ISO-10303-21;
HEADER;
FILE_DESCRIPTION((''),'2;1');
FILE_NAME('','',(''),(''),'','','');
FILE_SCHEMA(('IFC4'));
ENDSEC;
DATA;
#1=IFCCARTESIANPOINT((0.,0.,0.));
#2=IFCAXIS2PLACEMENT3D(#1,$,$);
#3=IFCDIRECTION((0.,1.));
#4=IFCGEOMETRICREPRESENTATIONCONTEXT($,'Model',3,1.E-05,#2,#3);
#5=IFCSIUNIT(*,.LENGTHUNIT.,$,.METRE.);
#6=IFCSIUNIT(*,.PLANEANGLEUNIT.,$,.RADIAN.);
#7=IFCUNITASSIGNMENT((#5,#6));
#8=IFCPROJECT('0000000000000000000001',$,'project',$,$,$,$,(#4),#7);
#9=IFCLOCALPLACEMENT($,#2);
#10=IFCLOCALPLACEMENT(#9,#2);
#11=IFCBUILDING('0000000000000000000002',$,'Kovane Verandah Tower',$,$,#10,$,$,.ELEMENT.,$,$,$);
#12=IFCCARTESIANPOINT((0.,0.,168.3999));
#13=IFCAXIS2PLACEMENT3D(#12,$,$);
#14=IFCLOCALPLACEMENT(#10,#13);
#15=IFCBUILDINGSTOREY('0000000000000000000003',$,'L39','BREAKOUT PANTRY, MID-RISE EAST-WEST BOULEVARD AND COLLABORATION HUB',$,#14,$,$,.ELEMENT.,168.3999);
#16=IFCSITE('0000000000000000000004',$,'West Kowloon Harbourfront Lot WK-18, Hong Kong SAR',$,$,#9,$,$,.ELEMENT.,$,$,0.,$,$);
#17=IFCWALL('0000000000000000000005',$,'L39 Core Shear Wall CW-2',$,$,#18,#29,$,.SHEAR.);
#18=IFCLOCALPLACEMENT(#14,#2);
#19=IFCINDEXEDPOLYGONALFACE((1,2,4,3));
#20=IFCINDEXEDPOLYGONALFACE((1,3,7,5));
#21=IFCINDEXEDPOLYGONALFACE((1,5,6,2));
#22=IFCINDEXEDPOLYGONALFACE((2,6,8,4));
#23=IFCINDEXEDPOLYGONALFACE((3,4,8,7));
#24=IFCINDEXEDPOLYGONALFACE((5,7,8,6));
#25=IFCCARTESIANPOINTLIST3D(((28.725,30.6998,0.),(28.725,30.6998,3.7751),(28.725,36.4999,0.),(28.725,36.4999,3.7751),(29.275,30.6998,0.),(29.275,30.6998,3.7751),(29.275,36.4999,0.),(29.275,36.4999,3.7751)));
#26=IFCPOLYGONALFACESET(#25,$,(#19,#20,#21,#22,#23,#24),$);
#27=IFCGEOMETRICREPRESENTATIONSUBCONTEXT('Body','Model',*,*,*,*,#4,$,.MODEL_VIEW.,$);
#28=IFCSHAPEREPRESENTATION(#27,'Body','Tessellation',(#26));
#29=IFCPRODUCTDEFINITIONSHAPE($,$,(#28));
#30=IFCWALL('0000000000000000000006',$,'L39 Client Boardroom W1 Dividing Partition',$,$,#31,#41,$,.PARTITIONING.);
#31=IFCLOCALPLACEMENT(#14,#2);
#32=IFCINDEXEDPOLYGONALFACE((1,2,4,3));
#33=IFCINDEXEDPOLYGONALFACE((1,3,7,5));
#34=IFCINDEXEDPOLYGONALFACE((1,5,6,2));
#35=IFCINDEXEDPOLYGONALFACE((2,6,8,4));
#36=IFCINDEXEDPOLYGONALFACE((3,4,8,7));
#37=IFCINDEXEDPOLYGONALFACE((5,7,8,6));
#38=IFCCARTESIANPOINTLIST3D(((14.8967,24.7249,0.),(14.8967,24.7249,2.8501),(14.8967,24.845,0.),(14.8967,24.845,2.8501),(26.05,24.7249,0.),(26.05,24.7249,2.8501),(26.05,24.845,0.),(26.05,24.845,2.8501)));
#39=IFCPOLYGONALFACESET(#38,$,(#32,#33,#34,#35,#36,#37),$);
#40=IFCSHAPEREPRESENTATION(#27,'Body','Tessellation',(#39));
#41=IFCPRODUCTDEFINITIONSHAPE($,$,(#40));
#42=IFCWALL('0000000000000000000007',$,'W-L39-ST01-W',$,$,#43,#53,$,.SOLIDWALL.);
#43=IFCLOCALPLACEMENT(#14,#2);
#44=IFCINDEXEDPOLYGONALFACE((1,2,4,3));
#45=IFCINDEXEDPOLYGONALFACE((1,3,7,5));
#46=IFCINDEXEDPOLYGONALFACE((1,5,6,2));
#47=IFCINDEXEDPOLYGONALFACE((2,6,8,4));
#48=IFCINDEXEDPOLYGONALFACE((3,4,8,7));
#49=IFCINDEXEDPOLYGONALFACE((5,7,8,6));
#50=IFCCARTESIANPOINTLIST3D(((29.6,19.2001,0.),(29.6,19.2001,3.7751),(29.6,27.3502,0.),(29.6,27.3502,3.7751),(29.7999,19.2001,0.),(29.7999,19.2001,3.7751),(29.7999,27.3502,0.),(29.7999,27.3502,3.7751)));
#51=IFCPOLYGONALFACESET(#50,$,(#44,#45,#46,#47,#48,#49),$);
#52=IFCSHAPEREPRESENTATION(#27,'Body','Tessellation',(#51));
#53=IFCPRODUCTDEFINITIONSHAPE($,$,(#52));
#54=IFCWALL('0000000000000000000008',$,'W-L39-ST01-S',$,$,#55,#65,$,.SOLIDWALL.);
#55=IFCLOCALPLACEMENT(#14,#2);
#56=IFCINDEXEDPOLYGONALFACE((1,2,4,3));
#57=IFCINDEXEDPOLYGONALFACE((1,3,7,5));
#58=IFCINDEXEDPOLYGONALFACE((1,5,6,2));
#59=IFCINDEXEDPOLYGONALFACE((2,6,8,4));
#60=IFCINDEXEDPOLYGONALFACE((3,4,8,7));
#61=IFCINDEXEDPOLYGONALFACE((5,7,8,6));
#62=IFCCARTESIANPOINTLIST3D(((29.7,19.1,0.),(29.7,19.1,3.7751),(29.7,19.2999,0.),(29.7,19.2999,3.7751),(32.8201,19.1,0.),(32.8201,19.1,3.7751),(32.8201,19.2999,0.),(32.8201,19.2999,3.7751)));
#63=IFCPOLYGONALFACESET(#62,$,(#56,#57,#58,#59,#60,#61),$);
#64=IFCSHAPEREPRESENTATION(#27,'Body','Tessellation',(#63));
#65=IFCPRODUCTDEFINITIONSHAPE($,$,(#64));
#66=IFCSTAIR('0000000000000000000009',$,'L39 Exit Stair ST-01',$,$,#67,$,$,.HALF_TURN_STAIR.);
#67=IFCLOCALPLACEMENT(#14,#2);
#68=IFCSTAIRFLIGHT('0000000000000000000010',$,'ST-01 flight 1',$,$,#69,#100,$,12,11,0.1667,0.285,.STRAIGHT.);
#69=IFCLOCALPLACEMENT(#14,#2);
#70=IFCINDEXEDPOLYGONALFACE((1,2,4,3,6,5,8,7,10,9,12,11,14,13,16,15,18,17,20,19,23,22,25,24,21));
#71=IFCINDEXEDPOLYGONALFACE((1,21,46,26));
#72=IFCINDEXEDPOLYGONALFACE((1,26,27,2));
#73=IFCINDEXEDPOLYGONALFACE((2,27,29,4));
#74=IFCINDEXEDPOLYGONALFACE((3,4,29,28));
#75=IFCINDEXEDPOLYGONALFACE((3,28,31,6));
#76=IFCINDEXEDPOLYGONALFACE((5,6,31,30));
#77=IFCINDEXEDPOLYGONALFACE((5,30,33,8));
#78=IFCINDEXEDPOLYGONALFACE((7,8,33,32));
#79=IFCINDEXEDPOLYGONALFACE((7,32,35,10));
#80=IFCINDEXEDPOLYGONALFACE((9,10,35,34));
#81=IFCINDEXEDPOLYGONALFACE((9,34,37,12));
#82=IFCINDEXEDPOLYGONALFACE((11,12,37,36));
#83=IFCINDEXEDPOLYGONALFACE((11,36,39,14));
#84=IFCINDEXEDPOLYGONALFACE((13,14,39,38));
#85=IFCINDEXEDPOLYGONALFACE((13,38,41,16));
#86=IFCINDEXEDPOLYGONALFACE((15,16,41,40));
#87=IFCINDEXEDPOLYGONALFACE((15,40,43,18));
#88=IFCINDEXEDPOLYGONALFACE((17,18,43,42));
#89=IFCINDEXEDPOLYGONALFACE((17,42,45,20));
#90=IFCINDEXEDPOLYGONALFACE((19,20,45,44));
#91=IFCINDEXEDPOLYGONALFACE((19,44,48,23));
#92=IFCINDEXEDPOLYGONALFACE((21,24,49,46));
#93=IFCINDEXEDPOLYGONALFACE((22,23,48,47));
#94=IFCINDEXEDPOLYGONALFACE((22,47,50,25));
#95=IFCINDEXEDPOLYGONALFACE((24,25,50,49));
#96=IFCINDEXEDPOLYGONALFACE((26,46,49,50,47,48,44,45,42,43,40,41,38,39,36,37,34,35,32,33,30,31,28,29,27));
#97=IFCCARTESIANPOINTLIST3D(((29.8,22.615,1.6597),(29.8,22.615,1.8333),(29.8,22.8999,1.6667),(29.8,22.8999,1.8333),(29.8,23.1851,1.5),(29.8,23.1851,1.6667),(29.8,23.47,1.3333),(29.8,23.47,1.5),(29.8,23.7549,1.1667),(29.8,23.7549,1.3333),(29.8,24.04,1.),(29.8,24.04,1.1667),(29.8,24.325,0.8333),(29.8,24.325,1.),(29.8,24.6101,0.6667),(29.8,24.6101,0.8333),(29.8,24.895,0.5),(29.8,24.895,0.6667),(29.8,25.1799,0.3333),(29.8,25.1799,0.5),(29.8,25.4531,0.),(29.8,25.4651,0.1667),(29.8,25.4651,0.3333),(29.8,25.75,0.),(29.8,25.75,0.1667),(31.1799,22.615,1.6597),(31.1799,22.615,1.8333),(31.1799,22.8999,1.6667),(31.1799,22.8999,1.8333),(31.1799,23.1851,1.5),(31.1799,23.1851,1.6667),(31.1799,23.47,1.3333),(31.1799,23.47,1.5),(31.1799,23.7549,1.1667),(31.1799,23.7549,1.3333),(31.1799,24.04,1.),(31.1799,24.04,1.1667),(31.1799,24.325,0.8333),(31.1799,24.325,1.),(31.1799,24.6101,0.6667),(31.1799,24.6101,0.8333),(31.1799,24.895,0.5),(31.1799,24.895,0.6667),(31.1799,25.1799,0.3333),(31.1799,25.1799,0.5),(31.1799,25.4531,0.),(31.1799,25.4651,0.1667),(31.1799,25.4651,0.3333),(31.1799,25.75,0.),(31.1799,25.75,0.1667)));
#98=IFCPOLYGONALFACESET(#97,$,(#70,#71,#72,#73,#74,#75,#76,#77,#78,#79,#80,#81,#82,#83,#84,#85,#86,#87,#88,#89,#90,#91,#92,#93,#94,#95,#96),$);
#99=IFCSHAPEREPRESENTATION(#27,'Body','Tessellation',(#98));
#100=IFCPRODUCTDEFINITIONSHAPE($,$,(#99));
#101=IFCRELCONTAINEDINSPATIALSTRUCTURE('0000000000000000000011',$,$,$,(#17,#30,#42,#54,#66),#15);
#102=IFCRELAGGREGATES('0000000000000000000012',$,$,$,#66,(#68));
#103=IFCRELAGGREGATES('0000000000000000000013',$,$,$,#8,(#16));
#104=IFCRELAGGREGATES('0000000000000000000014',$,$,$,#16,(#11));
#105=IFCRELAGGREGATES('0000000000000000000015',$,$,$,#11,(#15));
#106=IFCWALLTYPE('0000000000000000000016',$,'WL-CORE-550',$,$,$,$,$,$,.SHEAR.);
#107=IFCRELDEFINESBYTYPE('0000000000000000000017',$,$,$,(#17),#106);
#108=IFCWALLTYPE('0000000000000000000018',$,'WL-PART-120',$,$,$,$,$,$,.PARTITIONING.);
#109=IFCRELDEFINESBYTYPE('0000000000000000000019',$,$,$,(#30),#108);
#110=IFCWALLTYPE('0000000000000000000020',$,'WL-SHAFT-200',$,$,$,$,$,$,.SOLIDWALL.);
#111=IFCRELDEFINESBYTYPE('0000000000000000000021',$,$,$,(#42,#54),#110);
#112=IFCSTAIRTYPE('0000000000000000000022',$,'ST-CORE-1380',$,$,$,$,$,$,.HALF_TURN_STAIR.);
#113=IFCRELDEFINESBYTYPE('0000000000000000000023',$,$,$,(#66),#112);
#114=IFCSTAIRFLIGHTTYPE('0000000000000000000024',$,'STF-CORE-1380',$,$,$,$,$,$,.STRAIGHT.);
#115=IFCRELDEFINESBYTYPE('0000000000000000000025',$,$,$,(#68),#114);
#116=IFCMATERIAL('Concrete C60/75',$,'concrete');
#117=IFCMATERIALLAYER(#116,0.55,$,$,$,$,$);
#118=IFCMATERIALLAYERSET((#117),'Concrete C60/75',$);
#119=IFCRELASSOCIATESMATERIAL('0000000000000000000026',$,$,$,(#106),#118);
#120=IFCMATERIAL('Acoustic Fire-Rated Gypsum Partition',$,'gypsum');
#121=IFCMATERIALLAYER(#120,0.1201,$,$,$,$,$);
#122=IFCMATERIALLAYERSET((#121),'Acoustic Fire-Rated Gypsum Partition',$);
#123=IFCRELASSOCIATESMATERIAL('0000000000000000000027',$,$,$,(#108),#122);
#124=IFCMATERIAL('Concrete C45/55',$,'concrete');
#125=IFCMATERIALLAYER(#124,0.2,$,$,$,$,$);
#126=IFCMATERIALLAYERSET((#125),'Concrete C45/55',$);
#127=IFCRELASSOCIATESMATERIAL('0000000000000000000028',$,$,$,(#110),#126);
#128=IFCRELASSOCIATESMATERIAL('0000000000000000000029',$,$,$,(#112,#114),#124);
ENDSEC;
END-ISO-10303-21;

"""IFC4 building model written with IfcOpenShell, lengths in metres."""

from ifc_helpers import new_model, si_unit, direction, frame, frame_2d, origin, place, context, subcontext, project, spatial, polyline, rectangle, outline, extrude, material, layer, layer_set, type_object, element, aggregate, save


model = new_model("IFC4")

# Units and contexts
model_context = context("Model", 3, precision=1e-05, world=origin(), true_north=direction((0.0, 1.0)))
body_context = subcontext(model_context, "Body", "Model", "MODEL_VIEW")
ifc_project = project(units=[si_unit("LENGTHUNIT", "METRE"), si_unit("PLANEANGLEUNIT", "RADIAN")], contexts=[model_context])

# Site, building, storey
site_placement = place(None, origin())
site = spatial("IfcSite", under=ifc_project, at=site_placement, Name="West Kowloon Harbourfront Lot WK-18, Hong Kong SAR", CompositionType="ELEMENT", RefElevation=0.0)
building_placement = place(site_placement, origin())
building = spatial("IfcBuilding", under=site, at=building_placement, Name="Kovane Verandah Tower", CompositionType="ELEMENT")
storey_placement = place(building_placement, frame((0.0, 0.0, 168.3999)))
storey = spatial("IfcBuildingStorey", under=building, at=storey_placement, Name="L39", Description="BREAKOUT PANTRY, MID-RISE EAST-WEST BOULEVARD AND COLLABORATION HUB", CompositionType="ELEMENT", Elevation=168.3999)

# Shared definitions
ifc_material_1 = material(Name="Concrete C60/75", Category="concrete")

# Wall
ifc_layer_1 = layer(ifc_material_1, 0.55)
ifc_layer_set_1 = layer_set([ifc_layer_1], Name="Concrete C60/75")
wall_type_1 = type_object("IfcWallType", Name="WL-CORE-550", PredefinedType="SHEAR", material=ifc_layer_set_1)
wall_1_placement = place(storey_placement, frame((29.0, 30.7, 0.0), z_axis=(0.0, 0.0, 1.0), x_axis=(0.0, 1.0, 0.0)))
element("IfcWall", 1, at=wall_1_placement, inside=storey, type_object=wall_type_1, Name="L39 Core Shear Wall CW-2", PredefinedType="SHEAR", context=body_context, shape_type="SweptSolid", body=[
    extrude(rectangle(XDim=5.8, YDim=0.55, at=frame_2d((2.8999, 0.0))), origin(), (0.0, 0.0, 1.0), 3.7751),
])

# Walls
ifc_material_2 = material(Name="Acoustic Fire-Rated Gypsum Partition", Category="gypsum")
ifc_layer_2 = layer(ifc_material_2, 0.1201)
ifc_layer_set_2 = layer_set([ifc_layer_2], Name="Acoustic Fire-Rated Gypsum Partition")
wall_type_2 = type_object("IfcWallType", Name="WL-PART-120", PredefinedType="PARTITIONING", material=ifc_layer_set_2)
wall_2_placement = place(storey_placement, frame((14.8967, 24.7849, 0.0), z_axis=(0.0, 0.0, 1.0), x_axis=(1.0, 0.0, 0.0)))
element("IfcWall", 2, at=wall_2_placement, inside=storey, type_object=wall_type_2, Name="L39 Client Boardroom W1 Dividing Partition", PredefinedType="PARTITIONING", context=body_context, shape_type="SweptSolid", body=[
    extrude(rectangle(XDim=11.1533, YDim=0.1201, at=frame_2d((5.5767, 0.0))), origin(), (0.0, 0.0, 1.0), 2.8501),
])
ifc_material_3 = material(Name="Concrete C45/55", Category="concrete")
ifc_layer_3 = layer(ifc_material_3, 0.2)
ifc_layer_set_3 = layer_set([ifc_layer_3], Name="Concrete C45/55")
wall_type_3 = type_object("IfcWallType", Name="WL-SHAFT-200", PredefinedType="SOLIDWALL", material=ifc_layer_set_3)
wall_3_placement = place(storey_placement, frame((29.7, 19.2, 0.0), z_axis=(0.0, 0.0, 1.0), x_axis=(0.0, 1.0, 0.0)))
element("IfcWall", 3, at=wall_3_placement, inside=storey, type_object=wall_type_3, Name="W-L39-ST01-W", PredefinedType="SOLIDWALL", context=body_context, shape_type="SweptSolid", body=[
    extrude(rectangle(XDim=8.1501, YDim=0.2, at=frame_2d((4.0752, 0.0))), origin(), (0.0, 0.0, 1.0), 3.7751),
])
wall_4_placement = place(storey_placement, frame((29.7, 19.2, 0.0), z_axis=(0.0, 0.0, 1.0), x_axis=(1.0, 0.0, 0.0)))
element("IfcWall", 4, at=wall_4_placement, inside=storey, type_object=wall_type_3, Name="W-L39-ST01-S", PredefinedType="SOLIDWALL", context=body_context, shape_type="SweptSolid", body=[
    extrude(rectangle(XDim=3.1201, YDim=0.2, at=frame_2d((1.5601, 0.0))), origin(), (0.0, 0.0, 1.0), 3.7751),
])

# Stair, stair flight
stair_type = type_object("IfcStairType", Name="ST-CORE-1380", PredefinedType="HALF_TURN_STAIR", material=ifc_material_3)
stair_placement = place(storey_placement, origin())
stair = element("IfcStair", 5, at=stair_placement, inside=storey, type_object=stair_type, Name="L39 Exit Stair ST-01", PredefinedType="HALF_TURN_STAIR")
stair_flight_type = type_object("IfcStairFlightType", Name="STF-CORE-1380", PredefinedType="STRAIGHT", material=ifc_material_3)
stair_flight_placement = place(storey_placement, frame((30.49, 25.75, 0.0), z_axis=(0.0, 0.0, 1.0), x_axis=(0.0, -1.0, 0.0)))
stair_flight = element("IfcStairFlight", 6, at=stair_flight_placement, type_object=stair_flight_type, Name="ST-01 flight 1", NumberOfRisers=12, NumberOfTreads=11, PredefinedType="STRAIGHT", RiserHeight=0.1667, TreadLength=0.285, context=body_context, shape_type="SweptSolid", body=[
    extrude(outline(polyline([(0.0, 0.0), (0.0, 0.1667), (0.2849, 0.1667), (0.2849, 0.3333), (0.5701, 0.3333), (0.5701, 0.5), (0.855, 0.5), (0.855, 0.6667), (1.1399, 0.6667), (1.1399, 0.8333), (1.425, 0.8333), (1.425, 1.0), (1.71, 1.0), (1.71, 1.1667), (1.9951, 1.1667), (1.9951, 1.3333), (2.28, 1.3333), (2.28, 1.5), (2.5649, 1.5), (2.5649, 1.6667), (2.8501, 1.6667), (2.8501, 1.8333), (3.135, 1.8333), (3.135, 2.0), (3.135, 1.6597), (0.2969, 0.0), (0.0, 0.0)])), frame((0.0, 0.6899, 0.0), z_axis=(0.0, -1.0, 0.0), x_axis=(1.0, 0.0, 0.0)), (0.0, 0.0, 1.0), 1.3799),
])
aggregate(stair, [stair_flight])

save(model, "model.ifc")
